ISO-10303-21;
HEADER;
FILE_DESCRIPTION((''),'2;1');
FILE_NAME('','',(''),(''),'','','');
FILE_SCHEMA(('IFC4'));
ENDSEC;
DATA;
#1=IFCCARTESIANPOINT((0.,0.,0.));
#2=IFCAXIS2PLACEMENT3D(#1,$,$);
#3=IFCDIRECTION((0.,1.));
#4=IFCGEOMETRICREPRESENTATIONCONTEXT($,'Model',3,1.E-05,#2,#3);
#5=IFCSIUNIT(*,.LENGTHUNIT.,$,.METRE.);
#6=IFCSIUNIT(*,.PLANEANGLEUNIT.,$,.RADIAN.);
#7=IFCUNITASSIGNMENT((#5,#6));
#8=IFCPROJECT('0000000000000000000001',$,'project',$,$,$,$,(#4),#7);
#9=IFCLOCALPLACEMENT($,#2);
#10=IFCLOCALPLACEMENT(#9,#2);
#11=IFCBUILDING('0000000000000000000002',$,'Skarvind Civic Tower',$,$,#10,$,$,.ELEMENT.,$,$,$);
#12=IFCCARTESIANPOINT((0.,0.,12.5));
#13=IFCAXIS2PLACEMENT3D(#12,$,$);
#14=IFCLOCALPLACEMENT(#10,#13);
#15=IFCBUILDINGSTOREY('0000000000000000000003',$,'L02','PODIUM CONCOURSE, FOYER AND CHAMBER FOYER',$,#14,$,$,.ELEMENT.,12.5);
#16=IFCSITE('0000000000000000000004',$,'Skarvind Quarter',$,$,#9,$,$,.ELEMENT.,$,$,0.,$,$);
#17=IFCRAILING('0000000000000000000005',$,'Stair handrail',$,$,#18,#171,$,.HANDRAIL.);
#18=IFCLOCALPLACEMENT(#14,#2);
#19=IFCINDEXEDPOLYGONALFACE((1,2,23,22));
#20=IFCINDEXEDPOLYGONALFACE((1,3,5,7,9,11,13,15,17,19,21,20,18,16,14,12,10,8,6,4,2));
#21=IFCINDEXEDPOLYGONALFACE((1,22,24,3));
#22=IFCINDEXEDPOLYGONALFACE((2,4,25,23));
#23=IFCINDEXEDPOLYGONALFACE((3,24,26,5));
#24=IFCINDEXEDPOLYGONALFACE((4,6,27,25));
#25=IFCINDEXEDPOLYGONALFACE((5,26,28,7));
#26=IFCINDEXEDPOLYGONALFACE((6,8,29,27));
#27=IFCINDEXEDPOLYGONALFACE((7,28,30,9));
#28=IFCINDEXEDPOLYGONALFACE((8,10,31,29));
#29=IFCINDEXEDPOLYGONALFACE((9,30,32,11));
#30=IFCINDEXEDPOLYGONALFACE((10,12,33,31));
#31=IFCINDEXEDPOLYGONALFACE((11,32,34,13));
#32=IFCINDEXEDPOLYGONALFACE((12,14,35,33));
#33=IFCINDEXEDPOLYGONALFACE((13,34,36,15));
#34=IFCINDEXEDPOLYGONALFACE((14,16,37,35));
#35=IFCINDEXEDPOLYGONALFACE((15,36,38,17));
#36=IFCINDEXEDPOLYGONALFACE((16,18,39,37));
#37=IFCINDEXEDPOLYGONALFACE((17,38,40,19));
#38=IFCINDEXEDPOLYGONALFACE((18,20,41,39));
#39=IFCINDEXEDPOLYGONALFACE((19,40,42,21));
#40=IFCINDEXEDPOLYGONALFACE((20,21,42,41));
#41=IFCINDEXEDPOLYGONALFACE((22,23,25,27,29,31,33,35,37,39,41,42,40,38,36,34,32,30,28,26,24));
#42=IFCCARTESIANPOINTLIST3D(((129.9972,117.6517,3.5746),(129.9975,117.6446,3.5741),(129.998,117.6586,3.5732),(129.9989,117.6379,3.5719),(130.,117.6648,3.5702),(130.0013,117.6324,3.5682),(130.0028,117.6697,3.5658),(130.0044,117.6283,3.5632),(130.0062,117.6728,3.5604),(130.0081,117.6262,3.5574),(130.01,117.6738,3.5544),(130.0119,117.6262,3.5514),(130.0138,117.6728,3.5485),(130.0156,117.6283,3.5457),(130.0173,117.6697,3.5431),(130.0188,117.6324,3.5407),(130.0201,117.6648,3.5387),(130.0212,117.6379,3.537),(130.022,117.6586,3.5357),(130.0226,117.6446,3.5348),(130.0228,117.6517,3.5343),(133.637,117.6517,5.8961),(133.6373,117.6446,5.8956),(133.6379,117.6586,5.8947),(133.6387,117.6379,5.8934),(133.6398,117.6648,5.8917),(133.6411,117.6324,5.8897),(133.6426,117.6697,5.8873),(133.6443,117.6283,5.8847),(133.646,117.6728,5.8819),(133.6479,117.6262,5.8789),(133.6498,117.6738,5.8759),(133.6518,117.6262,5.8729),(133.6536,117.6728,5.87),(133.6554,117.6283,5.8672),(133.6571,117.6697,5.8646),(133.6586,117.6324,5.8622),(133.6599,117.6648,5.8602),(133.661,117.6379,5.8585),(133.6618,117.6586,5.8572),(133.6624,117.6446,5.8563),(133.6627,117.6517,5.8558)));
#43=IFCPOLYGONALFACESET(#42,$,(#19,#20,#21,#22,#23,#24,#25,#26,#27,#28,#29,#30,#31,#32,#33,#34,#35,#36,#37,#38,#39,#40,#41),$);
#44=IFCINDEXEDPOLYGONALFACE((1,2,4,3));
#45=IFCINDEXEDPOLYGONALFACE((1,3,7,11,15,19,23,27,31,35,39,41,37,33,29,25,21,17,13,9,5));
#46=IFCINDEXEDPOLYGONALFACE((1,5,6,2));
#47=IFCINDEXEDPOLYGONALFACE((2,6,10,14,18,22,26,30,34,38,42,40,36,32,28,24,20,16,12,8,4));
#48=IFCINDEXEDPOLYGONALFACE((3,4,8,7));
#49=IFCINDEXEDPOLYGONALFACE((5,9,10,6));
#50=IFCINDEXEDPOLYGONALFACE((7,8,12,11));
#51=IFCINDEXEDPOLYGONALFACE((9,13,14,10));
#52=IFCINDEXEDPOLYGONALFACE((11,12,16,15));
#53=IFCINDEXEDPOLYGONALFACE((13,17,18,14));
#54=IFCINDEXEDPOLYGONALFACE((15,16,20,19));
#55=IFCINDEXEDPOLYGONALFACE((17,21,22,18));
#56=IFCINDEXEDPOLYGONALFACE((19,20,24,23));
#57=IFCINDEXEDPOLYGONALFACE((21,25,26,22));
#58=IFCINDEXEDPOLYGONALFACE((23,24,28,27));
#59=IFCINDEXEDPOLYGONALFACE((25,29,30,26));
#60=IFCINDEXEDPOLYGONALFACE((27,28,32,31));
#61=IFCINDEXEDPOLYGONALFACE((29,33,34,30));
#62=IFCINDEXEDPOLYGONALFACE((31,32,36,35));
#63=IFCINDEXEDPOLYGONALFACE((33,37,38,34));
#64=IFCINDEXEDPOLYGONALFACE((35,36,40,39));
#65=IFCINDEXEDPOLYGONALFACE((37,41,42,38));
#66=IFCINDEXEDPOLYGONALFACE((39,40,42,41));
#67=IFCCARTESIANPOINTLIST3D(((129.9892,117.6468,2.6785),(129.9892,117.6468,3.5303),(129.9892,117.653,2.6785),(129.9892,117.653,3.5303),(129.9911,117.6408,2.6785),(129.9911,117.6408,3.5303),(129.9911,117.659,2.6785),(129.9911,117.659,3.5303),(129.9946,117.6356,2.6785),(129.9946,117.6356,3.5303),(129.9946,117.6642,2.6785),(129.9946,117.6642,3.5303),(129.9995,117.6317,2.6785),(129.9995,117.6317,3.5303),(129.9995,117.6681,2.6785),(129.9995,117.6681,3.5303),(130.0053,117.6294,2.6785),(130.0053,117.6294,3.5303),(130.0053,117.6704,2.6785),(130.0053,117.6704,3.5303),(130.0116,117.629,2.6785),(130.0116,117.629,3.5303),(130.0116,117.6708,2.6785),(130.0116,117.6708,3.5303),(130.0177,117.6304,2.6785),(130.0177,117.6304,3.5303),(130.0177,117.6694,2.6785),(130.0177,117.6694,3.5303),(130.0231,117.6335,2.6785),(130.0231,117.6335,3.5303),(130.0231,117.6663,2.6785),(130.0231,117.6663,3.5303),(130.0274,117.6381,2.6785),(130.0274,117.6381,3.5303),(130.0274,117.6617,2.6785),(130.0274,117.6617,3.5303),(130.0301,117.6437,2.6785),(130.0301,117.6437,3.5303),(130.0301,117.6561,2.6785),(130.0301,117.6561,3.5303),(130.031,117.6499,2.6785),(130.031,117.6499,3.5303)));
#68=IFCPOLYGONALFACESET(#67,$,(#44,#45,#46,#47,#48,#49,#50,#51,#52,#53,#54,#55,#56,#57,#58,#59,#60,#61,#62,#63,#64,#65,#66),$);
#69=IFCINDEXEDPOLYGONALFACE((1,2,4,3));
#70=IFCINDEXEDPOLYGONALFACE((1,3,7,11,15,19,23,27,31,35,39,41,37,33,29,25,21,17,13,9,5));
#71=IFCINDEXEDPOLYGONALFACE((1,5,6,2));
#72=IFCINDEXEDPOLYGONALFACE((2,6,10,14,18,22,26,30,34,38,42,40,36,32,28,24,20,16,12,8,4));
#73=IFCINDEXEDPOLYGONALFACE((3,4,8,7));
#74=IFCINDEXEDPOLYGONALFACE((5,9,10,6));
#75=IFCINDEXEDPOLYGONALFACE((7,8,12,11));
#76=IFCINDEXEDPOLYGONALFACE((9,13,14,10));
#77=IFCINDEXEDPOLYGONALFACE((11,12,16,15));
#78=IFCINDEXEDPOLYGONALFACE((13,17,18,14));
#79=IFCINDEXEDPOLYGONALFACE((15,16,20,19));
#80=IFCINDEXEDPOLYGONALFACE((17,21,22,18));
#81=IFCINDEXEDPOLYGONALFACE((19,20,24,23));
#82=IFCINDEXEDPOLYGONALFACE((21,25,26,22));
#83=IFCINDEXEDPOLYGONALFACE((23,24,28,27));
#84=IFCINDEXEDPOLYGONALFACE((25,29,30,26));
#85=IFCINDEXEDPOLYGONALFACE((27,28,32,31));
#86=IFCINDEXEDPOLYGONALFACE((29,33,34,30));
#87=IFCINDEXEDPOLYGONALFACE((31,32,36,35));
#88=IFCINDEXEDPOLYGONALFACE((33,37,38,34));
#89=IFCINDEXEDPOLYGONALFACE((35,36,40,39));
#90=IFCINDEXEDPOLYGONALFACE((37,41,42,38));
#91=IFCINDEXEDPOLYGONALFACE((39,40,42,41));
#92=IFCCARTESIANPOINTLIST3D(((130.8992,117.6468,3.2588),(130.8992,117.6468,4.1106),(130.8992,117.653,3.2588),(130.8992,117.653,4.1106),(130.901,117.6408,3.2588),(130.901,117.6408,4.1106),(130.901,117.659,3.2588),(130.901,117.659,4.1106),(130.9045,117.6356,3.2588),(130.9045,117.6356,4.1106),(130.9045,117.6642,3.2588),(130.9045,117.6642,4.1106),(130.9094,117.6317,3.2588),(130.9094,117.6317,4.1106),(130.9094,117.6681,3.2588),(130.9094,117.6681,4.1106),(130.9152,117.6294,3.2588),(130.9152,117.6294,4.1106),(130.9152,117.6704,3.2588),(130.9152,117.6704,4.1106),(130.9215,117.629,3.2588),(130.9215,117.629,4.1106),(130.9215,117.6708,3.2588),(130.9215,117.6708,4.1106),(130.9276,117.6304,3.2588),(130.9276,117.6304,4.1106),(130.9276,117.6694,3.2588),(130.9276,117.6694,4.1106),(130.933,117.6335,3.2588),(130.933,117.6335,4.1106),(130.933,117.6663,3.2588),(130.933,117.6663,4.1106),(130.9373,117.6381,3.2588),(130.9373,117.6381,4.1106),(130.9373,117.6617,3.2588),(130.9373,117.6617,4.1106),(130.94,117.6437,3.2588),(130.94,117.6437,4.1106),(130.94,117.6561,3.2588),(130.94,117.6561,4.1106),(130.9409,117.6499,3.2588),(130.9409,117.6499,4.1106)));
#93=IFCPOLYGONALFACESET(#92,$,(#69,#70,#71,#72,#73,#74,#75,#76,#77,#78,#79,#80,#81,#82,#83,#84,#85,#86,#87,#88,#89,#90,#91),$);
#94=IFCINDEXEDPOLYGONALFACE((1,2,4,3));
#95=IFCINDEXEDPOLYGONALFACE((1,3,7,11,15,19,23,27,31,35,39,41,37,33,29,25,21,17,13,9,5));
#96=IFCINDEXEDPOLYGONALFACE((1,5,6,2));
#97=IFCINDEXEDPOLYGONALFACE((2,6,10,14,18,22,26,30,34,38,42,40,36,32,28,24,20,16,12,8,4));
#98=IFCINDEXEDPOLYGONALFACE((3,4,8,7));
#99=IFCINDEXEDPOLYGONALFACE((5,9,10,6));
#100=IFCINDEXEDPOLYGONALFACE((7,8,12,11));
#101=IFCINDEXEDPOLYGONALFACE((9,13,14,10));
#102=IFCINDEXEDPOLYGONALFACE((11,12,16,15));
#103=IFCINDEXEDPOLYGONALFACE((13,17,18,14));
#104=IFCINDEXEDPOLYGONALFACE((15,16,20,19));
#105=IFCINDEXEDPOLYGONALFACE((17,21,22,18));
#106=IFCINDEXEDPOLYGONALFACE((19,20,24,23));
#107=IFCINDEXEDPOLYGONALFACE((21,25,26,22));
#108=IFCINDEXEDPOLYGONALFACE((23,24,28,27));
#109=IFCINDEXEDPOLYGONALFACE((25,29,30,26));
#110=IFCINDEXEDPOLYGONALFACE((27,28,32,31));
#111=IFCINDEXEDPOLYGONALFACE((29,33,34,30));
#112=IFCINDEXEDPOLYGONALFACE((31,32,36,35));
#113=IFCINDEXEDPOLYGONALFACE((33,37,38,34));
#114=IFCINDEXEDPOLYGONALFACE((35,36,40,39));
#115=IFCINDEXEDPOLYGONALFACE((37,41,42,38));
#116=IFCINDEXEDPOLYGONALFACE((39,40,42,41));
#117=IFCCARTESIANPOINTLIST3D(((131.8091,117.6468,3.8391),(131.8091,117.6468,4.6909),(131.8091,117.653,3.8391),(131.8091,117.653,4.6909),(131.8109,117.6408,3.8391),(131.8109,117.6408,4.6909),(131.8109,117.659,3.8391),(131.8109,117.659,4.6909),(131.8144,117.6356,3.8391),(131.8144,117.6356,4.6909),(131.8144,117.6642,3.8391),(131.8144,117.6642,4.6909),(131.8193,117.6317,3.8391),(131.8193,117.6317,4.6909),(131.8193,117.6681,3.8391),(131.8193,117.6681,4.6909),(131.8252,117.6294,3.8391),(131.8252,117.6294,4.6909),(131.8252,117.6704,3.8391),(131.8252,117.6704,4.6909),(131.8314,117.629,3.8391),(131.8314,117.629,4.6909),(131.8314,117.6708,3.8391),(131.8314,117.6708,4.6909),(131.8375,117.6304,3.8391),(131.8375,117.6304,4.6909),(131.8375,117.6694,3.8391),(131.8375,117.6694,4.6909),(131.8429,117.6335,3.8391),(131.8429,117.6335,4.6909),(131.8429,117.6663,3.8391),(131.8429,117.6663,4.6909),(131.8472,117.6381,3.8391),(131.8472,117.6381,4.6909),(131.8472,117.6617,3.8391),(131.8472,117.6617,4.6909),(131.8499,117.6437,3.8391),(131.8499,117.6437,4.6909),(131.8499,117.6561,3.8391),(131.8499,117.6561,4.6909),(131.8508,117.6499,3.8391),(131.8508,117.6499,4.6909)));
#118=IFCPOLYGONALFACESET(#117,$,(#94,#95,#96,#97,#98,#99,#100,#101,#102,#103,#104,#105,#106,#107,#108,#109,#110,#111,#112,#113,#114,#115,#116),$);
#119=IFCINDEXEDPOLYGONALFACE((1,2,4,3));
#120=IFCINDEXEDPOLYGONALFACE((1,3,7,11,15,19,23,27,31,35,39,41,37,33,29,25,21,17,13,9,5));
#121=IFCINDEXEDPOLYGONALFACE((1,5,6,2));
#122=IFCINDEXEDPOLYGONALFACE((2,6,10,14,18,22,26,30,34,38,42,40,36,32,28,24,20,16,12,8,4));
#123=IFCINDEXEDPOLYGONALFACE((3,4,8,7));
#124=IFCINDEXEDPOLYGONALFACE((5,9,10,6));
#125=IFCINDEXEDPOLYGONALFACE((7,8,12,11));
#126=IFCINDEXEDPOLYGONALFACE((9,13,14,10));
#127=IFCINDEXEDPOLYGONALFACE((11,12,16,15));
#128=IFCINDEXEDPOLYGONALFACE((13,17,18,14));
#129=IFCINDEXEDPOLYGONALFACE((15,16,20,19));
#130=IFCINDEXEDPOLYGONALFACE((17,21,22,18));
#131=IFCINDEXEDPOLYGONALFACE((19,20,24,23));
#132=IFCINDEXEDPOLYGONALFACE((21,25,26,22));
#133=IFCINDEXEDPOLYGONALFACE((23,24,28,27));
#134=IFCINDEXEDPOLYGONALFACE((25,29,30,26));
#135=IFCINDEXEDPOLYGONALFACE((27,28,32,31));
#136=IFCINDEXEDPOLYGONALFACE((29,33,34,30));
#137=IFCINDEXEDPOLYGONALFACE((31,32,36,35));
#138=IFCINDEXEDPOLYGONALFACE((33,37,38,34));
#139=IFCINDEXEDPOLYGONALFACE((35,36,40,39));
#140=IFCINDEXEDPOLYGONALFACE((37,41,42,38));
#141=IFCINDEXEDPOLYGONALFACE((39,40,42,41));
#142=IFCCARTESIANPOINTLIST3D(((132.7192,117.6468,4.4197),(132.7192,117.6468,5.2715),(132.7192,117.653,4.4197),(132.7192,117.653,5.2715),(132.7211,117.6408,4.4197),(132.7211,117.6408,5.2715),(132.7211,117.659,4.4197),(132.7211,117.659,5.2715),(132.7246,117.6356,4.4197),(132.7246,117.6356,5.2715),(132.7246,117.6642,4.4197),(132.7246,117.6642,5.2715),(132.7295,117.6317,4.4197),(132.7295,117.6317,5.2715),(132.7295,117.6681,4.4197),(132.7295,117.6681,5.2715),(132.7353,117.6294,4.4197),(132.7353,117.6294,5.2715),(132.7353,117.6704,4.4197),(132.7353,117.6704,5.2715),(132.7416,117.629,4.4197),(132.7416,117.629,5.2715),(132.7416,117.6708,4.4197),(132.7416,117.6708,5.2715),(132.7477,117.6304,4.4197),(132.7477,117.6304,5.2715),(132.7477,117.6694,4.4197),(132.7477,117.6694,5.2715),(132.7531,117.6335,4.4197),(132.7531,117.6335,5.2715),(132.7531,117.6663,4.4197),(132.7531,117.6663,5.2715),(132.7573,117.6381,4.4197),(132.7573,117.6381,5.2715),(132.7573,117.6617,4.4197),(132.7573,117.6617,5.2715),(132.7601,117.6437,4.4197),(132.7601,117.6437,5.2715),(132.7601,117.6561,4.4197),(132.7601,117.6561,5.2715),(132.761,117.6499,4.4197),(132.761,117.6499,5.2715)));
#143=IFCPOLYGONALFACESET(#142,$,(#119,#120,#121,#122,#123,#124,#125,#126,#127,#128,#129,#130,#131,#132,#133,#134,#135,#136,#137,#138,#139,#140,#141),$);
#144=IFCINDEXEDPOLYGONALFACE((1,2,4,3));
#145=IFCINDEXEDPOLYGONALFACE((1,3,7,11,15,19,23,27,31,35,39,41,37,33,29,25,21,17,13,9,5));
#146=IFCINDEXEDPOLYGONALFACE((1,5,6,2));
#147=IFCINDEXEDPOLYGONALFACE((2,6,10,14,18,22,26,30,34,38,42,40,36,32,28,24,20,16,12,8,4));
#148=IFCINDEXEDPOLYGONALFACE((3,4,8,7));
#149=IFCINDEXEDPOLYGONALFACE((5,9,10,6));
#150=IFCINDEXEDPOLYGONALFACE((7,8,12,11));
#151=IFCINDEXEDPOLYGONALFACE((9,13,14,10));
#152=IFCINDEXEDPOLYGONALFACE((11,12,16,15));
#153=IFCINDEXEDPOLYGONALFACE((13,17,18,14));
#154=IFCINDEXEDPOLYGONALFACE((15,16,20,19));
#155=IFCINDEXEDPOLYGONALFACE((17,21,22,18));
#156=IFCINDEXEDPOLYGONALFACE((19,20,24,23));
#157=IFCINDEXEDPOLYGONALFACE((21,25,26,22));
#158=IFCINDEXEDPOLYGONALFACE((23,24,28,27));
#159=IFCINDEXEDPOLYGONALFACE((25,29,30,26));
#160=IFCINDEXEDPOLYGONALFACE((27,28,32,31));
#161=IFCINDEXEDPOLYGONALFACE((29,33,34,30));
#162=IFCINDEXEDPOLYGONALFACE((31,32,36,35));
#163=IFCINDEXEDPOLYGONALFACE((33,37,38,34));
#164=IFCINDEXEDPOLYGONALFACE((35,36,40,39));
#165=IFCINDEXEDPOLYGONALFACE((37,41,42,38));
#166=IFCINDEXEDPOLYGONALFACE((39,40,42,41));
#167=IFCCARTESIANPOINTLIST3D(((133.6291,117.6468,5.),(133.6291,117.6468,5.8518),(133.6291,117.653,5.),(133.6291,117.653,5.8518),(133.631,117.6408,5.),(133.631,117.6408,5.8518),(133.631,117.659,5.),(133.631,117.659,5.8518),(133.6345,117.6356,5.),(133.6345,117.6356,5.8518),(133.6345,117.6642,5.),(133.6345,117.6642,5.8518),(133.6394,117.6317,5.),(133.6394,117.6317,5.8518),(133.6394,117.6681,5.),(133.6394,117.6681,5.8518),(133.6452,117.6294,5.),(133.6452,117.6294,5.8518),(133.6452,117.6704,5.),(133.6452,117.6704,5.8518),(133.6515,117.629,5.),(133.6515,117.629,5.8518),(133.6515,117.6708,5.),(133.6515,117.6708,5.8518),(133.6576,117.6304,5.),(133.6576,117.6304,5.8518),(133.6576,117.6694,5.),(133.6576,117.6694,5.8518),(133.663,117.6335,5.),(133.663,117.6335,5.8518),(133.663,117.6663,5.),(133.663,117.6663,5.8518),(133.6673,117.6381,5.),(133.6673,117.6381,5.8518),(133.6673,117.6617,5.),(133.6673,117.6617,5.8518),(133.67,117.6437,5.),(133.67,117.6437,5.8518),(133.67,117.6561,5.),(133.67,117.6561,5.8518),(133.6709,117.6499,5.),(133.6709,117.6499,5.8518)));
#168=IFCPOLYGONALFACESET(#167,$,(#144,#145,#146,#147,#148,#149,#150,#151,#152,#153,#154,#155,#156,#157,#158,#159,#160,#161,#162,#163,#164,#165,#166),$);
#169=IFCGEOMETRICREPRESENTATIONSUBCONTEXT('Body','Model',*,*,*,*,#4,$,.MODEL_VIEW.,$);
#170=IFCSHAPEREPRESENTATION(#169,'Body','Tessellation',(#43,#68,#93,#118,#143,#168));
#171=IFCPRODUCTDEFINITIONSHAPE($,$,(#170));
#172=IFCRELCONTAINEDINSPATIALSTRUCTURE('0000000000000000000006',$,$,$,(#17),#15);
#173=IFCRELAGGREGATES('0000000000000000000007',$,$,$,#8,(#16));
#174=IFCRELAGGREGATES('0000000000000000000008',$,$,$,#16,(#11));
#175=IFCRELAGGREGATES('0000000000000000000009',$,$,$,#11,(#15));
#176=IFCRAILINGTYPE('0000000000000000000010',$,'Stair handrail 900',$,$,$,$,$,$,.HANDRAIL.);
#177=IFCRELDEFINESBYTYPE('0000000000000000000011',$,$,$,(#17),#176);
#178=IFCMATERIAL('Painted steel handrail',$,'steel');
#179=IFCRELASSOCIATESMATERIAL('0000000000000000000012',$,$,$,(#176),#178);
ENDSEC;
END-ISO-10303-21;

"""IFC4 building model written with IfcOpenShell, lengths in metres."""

from ifc_helpers import new_model, si_unit, direction, frame, origin, origin_2d, place, context, subcontext, project, spatial, circle, extrude, material, type_object, element, save


model = new_model("IFC4")

# Units and contexts
model_context = context("Model", 3, precision=1e-05, world=origin(), true_north=direction((0.0, 1.0)))
body_context = subcontext(model_context, "Body", "Model", "MODEL_VIEW")
ifc_project = project(units=[si_unit("LENGTHUNIT", "METRE"), si_unit("PLANEANGLEUNIT", "RADIAN")], contexts=[model_context])

# Site, building, storey
site_placement = place(None, origin())
site = spatial("IfcSite", under=ifc_project, at=site_placement, Name="Skarvind Quarter", CompositionType="ELEMENT", RefElevation=0.0)
building_placement = place(site_placement, origin())
building = spatial("IfcBuilding", under=site, at=building_placement, Name="Skarvind Civic Tower", CompositionType="ELEMENT")
storey_placement = place(building_placement, frame((0.0, 0.0, 12.5)))
storey = spatial("IfcBuildingStorey", under=building, at=storey_placement, Name="L02", Description="PODIUM CONCOURSE, FOYER AND CHAMBER FOYER", CompositionType="ELEMENT", Elevation=12.5)

# Railing
ifc_material_1 = material(Name="Painted steel handrail", Category="steel")
railing_type = type_object("IfcRailingType", Name="Stair handrail 900", PredefinedType="HANDRAIL", material=ifc_material_1)
for number, where, name in (
    (1, (130.01, 117.6499, 2.6785), "Stair handrail"),
):
    element("IfcRailing", number, at=place(storey_placement, frame(where)), inside=storey, type_object=railing_type, Name=name, PredefinedType="HANDRAIL", context=body_context, shape_type="SweptSolid", body=[
        extrude(circle(Radius=0.0239, at=origin_2d()), frame((0.0, 0.0, 0.876), z_axis=(0.843112, 0.0, 0.537739), x_axis=(0.0, 1.0, 0.0)), (0.0, 0.0, 1.0), 4.3171),
        extrude(circle(Radius=0.021, at=origin_2d()), origin(), (0.0, 0.0, 1.0), 0.8518),
        extrude(circle(Radius=0.021, at=origin_2d()), frame((0.9099, 0.0, 0.5803)), (0.0, 0.0, 1.0), 0.8518),
        extrude(circle(Radius=0.021, at=origin_2d()), frame((1.8198, 0.0, 1.1606)), (0.0, 0.0, 1.0), 0.8518),
        extrude(circle(Radius=0.021, at=origin_2d()), frame((2.73, 0.0, 1.7412)), (0.0, 0.0, 1.0), 0.8518),
        extrude(circle(Radius=0.021, at=origin_2d()), frame((3.6399, 0.0, 2.3215)), (0.0, 0.0, 1.0), 0.8518),
    ])

save(model, "model.ifc")
